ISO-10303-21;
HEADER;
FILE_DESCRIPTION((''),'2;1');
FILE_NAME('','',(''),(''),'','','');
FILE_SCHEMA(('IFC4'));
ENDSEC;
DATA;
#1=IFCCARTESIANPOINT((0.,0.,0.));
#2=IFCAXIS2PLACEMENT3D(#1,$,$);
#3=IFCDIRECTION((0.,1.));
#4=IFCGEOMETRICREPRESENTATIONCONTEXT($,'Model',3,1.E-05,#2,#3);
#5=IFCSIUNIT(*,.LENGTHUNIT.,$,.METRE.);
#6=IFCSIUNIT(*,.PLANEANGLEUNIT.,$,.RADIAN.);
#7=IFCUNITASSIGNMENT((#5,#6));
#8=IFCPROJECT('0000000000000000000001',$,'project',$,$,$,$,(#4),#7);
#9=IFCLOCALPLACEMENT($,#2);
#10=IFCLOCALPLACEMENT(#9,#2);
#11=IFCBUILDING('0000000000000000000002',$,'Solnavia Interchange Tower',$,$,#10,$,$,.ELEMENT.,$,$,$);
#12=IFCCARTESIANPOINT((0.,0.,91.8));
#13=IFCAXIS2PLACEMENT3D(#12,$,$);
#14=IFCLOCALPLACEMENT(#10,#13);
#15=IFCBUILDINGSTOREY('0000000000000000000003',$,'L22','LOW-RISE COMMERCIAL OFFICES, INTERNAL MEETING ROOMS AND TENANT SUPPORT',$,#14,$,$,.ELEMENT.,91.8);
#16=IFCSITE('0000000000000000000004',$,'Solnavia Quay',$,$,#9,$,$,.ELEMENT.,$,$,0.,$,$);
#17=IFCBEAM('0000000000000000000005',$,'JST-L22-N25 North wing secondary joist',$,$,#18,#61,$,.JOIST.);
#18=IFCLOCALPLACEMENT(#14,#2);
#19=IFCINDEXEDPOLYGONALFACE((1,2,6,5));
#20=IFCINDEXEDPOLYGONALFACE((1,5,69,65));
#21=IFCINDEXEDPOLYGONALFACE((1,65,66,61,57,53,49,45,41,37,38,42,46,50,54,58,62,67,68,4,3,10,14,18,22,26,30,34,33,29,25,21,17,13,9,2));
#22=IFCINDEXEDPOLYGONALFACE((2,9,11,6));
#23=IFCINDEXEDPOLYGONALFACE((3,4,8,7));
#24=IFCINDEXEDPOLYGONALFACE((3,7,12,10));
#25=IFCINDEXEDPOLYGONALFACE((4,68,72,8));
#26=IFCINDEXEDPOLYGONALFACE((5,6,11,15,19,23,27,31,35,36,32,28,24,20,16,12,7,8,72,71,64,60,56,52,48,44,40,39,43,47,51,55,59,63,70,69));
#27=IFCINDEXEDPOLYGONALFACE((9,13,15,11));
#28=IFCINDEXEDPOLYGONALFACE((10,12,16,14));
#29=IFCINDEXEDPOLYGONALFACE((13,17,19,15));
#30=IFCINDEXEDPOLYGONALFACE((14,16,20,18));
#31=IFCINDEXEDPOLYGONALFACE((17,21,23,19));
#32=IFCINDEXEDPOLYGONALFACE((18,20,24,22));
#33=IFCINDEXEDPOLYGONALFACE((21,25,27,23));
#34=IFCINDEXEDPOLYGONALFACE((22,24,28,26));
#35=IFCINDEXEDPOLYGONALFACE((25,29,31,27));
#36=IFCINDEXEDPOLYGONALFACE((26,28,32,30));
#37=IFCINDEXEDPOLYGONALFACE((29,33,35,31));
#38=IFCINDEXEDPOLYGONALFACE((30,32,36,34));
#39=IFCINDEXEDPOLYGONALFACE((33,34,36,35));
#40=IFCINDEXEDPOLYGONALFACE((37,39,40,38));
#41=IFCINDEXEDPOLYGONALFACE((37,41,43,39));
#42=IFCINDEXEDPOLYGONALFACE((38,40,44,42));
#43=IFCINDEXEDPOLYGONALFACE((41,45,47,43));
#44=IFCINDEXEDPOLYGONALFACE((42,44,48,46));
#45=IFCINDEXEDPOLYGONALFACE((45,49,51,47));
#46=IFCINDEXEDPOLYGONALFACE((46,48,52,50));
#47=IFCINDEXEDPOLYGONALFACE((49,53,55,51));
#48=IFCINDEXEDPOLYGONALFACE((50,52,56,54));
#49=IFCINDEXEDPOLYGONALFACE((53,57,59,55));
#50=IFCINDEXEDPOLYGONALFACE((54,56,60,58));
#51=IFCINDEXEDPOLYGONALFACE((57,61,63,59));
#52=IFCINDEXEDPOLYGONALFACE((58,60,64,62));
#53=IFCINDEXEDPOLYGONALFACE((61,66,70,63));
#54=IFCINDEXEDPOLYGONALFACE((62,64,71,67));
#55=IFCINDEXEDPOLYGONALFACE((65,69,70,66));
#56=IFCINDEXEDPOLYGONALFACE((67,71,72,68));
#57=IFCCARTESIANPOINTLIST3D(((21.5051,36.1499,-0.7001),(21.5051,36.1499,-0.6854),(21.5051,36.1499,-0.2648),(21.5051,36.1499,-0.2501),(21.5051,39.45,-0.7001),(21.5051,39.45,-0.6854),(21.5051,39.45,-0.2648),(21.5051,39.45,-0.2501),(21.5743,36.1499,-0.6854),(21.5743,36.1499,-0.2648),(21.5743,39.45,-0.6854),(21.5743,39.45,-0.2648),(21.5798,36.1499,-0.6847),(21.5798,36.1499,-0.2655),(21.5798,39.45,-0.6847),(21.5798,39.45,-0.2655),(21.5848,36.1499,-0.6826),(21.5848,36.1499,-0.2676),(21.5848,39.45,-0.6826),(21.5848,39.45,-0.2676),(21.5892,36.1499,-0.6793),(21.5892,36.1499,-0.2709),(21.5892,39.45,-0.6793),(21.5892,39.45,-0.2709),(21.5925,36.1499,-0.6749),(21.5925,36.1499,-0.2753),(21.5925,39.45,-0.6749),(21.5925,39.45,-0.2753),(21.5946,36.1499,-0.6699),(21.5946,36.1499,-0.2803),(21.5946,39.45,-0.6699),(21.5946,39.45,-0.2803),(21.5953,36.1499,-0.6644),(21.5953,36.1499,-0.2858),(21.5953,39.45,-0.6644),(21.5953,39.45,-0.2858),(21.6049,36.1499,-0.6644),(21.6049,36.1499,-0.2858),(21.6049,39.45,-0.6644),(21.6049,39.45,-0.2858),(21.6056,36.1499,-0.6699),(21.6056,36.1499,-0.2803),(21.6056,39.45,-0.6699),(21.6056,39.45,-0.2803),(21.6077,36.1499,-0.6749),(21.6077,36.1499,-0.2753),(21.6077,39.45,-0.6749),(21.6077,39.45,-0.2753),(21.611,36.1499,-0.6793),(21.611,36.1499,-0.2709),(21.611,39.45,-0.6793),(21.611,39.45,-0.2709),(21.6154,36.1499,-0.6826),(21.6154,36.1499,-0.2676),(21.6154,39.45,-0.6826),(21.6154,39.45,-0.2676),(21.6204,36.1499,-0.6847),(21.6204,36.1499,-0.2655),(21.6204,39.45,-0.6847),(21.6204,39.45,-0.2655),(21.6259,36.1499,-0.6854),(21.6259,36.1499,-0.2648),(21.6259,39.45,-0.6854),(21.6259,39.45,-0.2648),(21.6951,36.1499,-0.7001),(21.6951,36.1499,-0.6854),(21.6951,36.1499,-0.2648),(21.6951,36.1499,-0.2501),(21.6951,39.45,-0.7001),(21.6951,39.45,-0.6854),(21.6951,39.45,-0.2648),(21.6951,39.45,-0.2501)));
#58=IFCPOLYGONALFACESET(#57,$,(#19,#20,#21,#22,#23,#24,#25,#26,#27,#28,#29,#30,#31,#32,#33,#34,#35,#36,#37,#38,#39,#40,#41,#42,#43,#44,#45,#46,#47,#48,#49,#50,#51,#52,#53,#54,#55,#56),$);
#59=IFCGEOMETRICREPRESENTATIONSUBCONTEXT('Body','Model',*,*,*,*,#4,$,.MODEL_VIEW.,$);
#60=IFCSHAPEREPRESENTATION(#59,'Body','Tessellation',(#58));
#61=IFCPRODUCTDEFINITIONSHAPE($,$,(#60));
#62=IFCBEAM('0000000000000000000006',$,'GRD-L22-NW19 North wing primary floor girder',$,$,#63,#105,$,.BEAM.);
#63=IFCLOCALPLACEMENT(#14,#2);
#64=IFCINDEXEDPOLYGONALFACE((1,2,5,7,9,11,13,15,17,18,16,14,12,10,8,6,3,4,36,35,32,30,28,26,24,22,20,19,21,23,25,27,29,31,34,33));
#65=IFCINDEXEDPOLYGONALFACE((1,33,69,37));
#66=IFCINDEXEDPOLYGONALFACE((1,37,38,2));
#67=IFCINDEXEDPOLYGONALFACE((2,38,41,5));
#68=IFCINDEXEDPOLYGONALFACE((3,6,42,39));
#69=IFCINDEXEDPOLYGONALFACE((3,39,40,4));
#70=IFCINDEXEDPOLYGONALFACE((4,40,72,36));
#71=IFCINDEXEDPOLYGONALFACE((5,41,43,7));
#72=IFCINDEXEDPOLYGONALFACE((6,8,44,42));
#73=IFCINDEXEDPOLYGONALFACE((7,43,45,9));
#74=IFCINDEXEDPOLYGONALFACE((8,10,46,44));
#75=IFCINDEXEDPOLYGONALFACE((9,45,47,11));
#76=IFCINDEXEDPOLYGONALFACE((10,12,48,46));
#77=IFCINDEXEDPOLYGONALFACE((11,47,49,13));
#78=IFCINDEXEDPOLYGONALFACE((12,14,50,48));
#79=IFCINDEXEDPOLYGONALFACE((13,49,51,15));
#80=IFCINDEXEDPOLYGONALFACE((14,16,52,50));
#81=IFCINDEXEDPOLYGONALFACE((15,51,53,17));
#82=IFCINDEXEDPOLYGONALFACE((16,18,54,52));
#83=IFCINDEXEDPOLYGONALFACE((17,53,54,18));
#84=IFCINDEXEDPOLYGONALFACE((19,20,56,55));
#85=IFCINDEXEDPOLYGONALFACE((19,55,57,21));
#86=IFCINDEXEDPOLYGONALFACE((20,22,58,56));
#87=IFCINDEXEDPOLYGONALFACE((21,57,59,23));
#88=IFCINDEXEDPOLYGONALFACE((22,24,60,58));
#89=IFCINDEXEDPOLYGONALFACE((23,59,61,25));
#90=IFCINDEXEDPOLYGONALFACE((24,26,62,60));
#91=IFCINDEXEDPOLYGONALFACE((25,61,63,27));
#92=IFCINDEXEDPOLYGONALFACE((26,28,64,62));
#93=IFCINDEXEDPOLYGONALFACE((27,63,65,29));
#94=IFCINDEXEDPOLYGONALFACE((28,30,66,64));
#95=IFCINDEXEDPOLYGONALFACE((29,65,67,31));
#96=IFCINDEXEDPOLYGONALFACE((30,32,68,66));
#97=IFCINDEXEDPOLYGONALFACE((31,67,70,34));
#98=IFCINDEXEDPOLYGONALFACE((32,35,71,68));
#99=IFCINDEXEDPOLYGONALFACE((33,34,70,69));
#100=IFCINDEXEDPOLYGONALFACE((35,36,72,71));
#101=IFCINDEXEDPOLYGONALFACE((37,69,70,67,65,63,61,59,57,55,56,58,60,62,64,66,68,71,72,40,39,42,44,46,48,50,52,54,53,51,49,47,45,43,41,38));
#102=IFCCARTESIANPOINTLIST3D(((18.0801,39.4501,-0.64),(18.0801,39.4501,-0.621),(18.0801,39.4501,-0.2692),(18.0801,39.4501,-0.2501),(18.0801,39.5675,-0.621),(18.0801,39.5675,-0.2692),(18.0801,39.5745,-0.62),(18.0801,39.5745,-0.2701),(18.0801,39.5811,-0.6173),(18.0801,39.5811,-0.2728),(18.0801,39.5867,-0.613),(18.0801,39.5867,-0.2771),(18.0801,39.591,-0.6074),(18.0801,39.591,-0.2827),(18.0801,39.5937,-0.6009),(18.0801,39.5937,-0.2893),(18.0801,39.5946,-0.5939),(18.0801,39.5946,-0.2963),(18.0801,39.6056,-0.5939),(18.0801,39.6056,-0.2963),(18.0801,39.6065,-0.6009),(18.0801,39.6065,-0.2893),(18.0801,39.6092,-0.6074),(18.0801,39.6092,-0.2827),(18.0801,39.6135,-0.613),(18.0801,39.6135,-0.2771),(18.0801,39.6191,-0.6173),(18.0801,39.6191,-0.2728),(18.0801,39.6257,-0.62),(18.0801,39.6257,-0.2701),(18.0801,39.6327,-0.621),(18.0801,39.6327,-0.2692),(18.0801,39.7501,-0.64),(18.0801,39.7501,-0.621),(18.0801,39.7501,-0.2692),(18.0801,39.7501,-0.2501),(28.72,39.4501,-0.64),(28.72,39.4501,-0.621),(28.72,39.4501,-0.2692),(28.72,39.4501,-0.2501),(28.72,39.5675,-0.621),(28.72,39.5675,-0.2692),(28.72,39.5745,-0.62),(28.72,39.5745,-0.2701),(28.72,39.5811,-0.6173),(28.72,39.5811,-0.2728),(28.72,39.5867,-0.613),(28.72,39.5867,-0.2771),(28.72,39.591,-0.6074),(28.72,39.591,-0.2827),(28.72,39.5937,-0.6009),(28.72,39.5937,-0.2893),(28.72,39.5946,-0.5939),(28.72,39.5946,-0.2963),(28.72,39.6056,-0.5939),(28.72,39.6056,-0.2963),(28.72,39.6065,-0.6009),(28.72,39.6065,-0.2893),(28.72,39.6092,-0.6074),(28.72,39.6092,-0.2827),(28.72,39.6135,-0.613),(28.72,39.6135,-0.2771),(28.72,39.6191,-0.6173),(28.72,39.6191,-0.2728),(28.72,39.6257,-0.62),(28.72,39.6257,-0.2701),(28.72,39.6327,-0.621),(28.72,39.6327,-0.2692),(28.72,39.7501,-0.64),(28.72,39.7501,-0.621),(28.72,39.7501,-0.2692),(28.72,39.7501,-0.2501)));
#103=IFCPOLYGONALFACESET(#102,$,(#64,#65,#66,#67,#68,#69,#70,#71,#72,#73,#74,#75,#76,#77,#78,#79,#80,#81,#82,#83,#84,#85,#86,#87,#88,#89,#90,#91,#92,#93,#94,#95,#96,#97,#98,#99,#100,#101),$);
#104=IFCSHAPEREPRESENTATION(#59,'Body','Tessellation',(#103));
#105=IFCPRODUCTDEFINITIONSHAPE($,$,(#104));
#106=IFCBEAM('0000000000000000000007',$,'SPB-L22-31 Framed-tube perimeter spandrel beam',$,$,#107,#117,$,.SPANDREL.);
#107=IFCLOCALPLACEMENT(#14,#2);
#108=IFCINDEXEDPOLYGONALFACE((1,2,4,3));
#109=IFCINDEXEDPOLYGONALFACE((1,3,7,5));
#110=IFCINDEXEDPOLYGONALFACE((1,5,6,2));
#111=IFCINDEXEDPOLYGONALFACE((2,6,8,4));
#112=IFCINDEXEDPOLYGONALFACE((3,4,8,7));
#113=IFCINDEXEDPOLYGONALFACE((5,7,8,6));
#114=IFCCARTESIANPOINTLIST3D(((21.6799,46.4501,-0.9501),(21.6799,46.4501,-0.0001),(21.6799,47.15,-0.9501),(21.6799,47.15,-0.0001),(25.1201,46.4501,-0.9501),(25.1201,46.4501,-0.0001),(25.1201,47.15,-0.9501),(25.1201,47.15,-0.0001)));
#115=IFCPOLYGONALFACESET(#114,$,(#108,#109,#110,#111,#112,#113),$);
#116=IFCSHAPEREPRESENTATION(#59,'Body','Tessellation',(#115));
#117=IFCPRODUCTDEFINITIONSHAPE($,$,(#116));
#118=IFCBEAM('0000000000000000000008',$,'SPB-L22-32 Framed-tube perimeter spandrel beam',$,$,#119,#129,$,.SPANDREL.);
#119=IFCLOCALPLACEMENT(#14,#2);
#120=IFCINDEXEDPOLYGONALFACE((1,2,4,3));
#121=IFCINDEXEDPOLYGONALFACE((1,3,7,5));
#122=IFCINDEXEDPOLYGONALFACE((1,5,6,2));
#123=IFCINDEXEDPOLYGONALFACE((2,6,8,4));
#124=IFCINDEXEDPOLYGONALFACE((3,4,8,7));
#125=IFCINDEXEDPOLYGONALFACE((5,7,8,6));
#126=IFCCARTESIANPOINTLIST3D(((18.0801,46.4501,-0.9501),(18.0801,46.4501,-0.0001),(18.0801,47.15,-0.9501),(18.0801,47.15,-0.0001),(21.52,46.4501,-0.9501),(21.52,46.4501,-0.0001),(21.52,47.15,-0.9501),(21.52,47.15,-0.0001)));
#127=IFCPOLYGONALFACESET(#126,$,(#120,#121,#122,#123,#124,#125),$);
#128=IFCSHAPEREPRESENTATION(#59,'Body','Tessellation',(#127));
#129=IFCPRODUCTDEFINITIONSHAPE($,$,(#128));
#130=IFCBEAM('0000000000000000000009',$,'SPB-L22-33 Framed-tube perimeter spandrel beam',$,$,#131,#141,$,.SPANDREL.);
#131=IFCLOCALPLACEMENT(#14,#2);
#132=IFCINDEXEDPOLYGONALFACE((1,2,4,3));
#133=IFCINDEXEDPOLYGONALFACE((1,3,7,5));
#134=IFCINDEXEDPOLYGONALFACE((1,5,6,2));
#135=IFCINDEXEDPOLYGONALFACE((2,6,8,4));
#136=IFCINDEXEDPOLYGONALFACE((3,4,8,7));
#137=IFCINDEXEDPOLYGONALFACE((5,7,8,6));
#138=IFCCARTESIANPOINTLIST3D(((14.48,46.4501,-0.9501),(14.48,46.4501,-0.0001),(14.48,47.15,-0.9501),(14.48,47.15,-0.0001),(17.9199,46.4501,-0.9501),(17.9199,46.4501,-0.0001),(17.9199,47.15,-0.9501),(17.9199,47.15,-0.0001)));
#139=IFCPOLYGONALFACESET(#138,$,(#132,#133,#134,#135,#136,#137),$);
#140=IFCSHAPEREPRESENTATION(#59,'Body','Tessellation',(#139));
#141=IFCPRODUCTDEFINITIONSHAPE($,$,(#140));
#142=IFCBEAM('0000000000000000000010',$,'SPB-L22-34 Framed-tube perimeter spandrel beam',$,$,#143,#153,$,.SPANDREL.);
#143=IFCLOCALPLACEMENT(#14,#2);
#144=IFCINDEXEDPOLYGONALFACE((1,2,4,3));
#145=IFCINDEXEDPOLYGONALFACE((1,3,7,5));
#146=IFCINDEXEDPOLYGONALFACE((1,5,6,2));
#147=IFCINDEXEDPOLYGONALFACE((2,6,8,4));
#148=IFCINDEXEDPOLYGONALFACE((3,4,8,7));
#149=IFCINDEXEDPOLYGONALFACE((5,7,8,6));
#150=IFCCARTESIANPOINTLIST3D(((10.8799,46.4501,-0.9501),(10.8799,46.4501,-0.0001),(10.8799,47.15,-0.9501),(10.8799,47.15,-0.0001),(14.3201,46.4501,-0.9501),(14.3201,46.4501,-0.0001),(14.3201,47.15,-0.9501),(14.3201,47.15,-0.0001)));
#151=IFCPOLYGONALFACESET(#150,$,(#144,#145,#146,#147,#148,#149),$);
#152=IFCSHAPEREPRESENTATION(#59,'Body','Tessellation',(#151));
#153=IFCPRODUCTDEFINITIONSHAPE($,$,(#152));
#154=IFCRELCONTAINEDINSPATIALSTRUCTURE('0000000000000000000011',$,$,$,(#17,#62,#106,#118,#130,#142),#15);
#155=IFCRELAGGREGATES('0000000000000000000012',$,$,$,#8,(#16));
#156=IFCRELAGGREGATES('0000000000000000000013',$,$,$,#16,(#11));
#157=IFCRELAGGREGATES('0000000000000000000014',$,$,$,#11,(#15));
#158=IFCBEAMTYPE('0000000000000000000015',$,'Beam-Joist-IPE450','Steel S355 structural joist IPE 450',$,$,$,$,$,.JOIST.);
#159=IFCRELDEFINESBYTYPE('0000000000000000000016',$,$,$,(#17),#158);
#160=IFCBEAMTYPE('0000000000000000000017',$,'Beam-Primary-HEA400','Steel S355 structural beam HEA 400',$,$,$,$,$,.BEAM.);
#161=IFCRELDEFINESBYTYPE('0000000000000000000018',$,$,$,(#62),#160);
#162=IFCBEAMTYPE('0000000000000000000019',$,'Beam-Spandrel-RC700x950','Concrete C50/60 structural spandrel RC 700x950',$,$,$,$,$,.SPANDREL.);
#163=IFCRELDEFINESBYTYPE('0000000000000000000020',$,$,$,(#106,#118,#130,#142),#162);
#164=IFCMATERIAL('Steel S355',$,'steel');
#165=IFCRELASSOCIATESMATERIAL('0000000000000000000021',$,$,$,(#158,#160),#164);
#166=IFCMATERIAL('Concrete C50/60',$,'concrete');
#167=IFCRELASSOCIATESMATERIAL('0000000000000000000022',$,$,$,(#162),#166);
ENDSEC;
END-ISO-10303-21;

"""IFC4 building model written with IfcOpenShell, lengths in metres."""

from ifc_helpers import new_model, si_unit, direction, frame, origin, origin_2d, place, context, subcontext, project, spatial, rectangle, i_section, extrude, material, material_profile, profile_set, type_object, element, save


model = new_model("IFC4")

# Units and contexts
model_context = context("Model", 3, precision=1e-05, world=origin(), true_north=direction((0.0, 1.0)))
body_context = subcontext(model_context, "Body", "Model", "MODEL_VIEW")
ifc_project = project(units=[si_unit("LENGTHUNIT", "METRE"), si_unit("PLANEANGLEUNIT", "RADIAN")], contexts=[model_context])

# Site, building, storey
site_placement = place(None, origin())
site = spatial("IfcSite", under=ifc_project, at=site_placement, Name="Solnavia Quay", CompositionType="ELEMENT", RefElevation=0.0)
building_placement = place(site_placement, origin())
building = spatial("IfcBuilding", under=site, at=building_placement, Name="Solnavia Interchange Tower", CompositionType="ELEMENT")
storey_placement = place(building_placement, frame((0.0, 0.0, 91.8)))
storey = spatial("IfcBuildingStorey", under=building, at=storey_placement, Name="L22", Description="LOW-RISE COMMERCIAL OFFICES, INTERNAL MEETING ROOMS AND TENANT SUPPORT", CompositionType="ELEMENT", Elevation=91.8)

# Shared definitions
ifc_material_1 = material(Name="Concrete C50/60", Category="concrete")
ifc_material_2 = material(Name="Steel S355", Category="steel")

# Beams
ifc_material_profile_1 = material_profile(ifc_material_2, i_section(OverallWidth=0.1899, OverallDepth=0.45, WebThickness=0.0095, FlangeThickness=0.0146, FilletRadius=0.021, at=origin_2d()), Name="IPE 450")
ifc_profile_set_1 = profile_set([ifc_material_profile_1], Name="Steel S355")
beam_type_1 = type_object("IfcBeamType", Name="Beam-Joist-IPE450", Description="Steel S355 structural joist IPE 450", PredefinedType="JOIST", material=ifc_profile_set_1)
for number, where, z_axis, x_axis, name in (
    (1, (21.6001, 36.1499, -0.4751), (0.0, 1.0, 0.0), (-1.0, 0.0, 0.0), "JST-L22-N25 North wing secondary joist"),
):
    element("IfcBeam", number, at=place(storey_placement, frame(where, z_axis=z_axis, x_axis=x_axis)), inside=storey, type_object=beam_type_1, Name=name, PredefinedType="JOIST", context=body_context, shape_type="SweptSolid", body=[
        extrude(i_section(OverallWidth=0.1899, OverallDepth=0.45, WebThickness=0.0095, FlangeThickness=0.0146, FilletRadius=0.021, at=origin_2d()), origin(), (0.0, 0.0, 1.0), 3.3),
    ])
ifc_material_profile_2 = material_profile(ifc_material_2, i_section(OverallWidth=0.3, OverallDepth=0.3899, WebThickness=0.011, FlangeThickness=0.019, FilletRadius=0.0271, at=origin_2d()), Name="HEA 400")
ifc_profile_set_2 = profile_set([ifc_material_profile_2], Name="Steel S355")
beam_type_2 = type_object("IfcBeamType", Name="Beam-Primary-HEA400", Description="Steel S355 structural beam HEA 400", PredefinedType="BEAM", material=ifc_profile_set_2)
beam_1_placement = place(storey_placement, frame((18.0801, 39.6001, -0.4451), z_axis=(1.0, 0.0, 0.0), x_axis=(0.0, 1.0, 0.0)))
element("IfcBeam", 2, at=beam_1_placement, inside=storey, type_object=beam_type_2, Name="GRD-L22-NW19 North wing primary floor girder", PredefinedType="BEAM", context=body_context, shape_type="SweptSolid", body=[
    extrude(i_section(OverallWidth=0.3, OverallDepth=0.3899, WebThickness=0.011, FlangeThickness=0.019, FilletRadius=0.0271, at=origin_2d()), origin(), (0.0, 0.0, 1.0), 10.6399),
])
ifc_material_profile_3 = material_profile(ifc_material_1, rectangle(XDim=0.7, YDim=0.95, at=origin_2d()), Name="RC 700x950")
ifc_profile_set_3 = profile_set([ifc_material_profile_3], Name="Concrete C50/60")
beam_type_3 = type_object("IfcBeamType", Name="Beam-Spandrel-RC700x950", Description="Concrete C50/60 structural spandrel RC 700x950", PredefinedType="SPANDREL", material=ifc_profile_set_3)
beam_2_placement = place(storey_placement, frame((25.1201, 46.8, -0.4751), z_axis=(-1.0, 0.0, 0.0), x_axis=(0.0, -1.0, 0.0)))
element("IfcBeam", 3, at=beam_2_placement, inside=storey, type_object=beam_type_3, Name="SPB-L22-31 Framed-tube perimeter spandrel beam", PredefinedType="SPANDREL", context=body_context, shape_type="SweptSolid", body=[
    extrude(rectangle(XDim=0.7, YDim=0.95, at=origin_2d()), origin(), (0.0, 0.0, 1.0), 3.4402),
])
for number, where, z_axis, x_axis, name in (
    (4, (21.52, 46.8, -0.4751), (-1.0, 0.0, 0.0), (0.0, -1.0, 0.0), "SPB-L22-32 Framed-tube perimeter spandrel beam"),
    (5, (17.9199, 46.8, -0.4751), (-1.0, 0.0, 0.0), (0.0, -1.0, 0.0), "SPB-L22-33 Framed-tube perimeter spandrel beam"),
):
    element("IfcBeam", number, at=place(storey_placement, frame(where, z_axis=z_axis, x_axis=x_axis)), inside=storey, type_object=beam_type_3, Name=name, PredefinedType="SPANDREL", context=body_context, shape_type="SweptSolid", body=[
        extrude(rectangle(XDim=0.7, YDim=0.95, at=origin_2d()), origin(), (0.0, 0.0, 1.0), 3.4399),
    ])
beam_3_placement = place(storey_placement, frame((14.3201, 46.8, -0.4751), z_axis=(-1.0, 0.0, 0.0), x_axis=(0.0, -1.0, 0.0)))
element("IfcBeam", 6, at=beam_3_placement, inside=storey, type_object=beam_type_3, Name="SPB-L22-34 Framed-tube perimeter spandrel beam", PredefinedType="SPANDREL", context=body_context, shape_type="SweptSolid", body=[
    extrude(rectangle(XDim=0.7, YDim=0.95, at=origin_2d()), origin(), (0.0, 0.0, 1.0), 3.4402),
])

save(model, "model.ifc")
